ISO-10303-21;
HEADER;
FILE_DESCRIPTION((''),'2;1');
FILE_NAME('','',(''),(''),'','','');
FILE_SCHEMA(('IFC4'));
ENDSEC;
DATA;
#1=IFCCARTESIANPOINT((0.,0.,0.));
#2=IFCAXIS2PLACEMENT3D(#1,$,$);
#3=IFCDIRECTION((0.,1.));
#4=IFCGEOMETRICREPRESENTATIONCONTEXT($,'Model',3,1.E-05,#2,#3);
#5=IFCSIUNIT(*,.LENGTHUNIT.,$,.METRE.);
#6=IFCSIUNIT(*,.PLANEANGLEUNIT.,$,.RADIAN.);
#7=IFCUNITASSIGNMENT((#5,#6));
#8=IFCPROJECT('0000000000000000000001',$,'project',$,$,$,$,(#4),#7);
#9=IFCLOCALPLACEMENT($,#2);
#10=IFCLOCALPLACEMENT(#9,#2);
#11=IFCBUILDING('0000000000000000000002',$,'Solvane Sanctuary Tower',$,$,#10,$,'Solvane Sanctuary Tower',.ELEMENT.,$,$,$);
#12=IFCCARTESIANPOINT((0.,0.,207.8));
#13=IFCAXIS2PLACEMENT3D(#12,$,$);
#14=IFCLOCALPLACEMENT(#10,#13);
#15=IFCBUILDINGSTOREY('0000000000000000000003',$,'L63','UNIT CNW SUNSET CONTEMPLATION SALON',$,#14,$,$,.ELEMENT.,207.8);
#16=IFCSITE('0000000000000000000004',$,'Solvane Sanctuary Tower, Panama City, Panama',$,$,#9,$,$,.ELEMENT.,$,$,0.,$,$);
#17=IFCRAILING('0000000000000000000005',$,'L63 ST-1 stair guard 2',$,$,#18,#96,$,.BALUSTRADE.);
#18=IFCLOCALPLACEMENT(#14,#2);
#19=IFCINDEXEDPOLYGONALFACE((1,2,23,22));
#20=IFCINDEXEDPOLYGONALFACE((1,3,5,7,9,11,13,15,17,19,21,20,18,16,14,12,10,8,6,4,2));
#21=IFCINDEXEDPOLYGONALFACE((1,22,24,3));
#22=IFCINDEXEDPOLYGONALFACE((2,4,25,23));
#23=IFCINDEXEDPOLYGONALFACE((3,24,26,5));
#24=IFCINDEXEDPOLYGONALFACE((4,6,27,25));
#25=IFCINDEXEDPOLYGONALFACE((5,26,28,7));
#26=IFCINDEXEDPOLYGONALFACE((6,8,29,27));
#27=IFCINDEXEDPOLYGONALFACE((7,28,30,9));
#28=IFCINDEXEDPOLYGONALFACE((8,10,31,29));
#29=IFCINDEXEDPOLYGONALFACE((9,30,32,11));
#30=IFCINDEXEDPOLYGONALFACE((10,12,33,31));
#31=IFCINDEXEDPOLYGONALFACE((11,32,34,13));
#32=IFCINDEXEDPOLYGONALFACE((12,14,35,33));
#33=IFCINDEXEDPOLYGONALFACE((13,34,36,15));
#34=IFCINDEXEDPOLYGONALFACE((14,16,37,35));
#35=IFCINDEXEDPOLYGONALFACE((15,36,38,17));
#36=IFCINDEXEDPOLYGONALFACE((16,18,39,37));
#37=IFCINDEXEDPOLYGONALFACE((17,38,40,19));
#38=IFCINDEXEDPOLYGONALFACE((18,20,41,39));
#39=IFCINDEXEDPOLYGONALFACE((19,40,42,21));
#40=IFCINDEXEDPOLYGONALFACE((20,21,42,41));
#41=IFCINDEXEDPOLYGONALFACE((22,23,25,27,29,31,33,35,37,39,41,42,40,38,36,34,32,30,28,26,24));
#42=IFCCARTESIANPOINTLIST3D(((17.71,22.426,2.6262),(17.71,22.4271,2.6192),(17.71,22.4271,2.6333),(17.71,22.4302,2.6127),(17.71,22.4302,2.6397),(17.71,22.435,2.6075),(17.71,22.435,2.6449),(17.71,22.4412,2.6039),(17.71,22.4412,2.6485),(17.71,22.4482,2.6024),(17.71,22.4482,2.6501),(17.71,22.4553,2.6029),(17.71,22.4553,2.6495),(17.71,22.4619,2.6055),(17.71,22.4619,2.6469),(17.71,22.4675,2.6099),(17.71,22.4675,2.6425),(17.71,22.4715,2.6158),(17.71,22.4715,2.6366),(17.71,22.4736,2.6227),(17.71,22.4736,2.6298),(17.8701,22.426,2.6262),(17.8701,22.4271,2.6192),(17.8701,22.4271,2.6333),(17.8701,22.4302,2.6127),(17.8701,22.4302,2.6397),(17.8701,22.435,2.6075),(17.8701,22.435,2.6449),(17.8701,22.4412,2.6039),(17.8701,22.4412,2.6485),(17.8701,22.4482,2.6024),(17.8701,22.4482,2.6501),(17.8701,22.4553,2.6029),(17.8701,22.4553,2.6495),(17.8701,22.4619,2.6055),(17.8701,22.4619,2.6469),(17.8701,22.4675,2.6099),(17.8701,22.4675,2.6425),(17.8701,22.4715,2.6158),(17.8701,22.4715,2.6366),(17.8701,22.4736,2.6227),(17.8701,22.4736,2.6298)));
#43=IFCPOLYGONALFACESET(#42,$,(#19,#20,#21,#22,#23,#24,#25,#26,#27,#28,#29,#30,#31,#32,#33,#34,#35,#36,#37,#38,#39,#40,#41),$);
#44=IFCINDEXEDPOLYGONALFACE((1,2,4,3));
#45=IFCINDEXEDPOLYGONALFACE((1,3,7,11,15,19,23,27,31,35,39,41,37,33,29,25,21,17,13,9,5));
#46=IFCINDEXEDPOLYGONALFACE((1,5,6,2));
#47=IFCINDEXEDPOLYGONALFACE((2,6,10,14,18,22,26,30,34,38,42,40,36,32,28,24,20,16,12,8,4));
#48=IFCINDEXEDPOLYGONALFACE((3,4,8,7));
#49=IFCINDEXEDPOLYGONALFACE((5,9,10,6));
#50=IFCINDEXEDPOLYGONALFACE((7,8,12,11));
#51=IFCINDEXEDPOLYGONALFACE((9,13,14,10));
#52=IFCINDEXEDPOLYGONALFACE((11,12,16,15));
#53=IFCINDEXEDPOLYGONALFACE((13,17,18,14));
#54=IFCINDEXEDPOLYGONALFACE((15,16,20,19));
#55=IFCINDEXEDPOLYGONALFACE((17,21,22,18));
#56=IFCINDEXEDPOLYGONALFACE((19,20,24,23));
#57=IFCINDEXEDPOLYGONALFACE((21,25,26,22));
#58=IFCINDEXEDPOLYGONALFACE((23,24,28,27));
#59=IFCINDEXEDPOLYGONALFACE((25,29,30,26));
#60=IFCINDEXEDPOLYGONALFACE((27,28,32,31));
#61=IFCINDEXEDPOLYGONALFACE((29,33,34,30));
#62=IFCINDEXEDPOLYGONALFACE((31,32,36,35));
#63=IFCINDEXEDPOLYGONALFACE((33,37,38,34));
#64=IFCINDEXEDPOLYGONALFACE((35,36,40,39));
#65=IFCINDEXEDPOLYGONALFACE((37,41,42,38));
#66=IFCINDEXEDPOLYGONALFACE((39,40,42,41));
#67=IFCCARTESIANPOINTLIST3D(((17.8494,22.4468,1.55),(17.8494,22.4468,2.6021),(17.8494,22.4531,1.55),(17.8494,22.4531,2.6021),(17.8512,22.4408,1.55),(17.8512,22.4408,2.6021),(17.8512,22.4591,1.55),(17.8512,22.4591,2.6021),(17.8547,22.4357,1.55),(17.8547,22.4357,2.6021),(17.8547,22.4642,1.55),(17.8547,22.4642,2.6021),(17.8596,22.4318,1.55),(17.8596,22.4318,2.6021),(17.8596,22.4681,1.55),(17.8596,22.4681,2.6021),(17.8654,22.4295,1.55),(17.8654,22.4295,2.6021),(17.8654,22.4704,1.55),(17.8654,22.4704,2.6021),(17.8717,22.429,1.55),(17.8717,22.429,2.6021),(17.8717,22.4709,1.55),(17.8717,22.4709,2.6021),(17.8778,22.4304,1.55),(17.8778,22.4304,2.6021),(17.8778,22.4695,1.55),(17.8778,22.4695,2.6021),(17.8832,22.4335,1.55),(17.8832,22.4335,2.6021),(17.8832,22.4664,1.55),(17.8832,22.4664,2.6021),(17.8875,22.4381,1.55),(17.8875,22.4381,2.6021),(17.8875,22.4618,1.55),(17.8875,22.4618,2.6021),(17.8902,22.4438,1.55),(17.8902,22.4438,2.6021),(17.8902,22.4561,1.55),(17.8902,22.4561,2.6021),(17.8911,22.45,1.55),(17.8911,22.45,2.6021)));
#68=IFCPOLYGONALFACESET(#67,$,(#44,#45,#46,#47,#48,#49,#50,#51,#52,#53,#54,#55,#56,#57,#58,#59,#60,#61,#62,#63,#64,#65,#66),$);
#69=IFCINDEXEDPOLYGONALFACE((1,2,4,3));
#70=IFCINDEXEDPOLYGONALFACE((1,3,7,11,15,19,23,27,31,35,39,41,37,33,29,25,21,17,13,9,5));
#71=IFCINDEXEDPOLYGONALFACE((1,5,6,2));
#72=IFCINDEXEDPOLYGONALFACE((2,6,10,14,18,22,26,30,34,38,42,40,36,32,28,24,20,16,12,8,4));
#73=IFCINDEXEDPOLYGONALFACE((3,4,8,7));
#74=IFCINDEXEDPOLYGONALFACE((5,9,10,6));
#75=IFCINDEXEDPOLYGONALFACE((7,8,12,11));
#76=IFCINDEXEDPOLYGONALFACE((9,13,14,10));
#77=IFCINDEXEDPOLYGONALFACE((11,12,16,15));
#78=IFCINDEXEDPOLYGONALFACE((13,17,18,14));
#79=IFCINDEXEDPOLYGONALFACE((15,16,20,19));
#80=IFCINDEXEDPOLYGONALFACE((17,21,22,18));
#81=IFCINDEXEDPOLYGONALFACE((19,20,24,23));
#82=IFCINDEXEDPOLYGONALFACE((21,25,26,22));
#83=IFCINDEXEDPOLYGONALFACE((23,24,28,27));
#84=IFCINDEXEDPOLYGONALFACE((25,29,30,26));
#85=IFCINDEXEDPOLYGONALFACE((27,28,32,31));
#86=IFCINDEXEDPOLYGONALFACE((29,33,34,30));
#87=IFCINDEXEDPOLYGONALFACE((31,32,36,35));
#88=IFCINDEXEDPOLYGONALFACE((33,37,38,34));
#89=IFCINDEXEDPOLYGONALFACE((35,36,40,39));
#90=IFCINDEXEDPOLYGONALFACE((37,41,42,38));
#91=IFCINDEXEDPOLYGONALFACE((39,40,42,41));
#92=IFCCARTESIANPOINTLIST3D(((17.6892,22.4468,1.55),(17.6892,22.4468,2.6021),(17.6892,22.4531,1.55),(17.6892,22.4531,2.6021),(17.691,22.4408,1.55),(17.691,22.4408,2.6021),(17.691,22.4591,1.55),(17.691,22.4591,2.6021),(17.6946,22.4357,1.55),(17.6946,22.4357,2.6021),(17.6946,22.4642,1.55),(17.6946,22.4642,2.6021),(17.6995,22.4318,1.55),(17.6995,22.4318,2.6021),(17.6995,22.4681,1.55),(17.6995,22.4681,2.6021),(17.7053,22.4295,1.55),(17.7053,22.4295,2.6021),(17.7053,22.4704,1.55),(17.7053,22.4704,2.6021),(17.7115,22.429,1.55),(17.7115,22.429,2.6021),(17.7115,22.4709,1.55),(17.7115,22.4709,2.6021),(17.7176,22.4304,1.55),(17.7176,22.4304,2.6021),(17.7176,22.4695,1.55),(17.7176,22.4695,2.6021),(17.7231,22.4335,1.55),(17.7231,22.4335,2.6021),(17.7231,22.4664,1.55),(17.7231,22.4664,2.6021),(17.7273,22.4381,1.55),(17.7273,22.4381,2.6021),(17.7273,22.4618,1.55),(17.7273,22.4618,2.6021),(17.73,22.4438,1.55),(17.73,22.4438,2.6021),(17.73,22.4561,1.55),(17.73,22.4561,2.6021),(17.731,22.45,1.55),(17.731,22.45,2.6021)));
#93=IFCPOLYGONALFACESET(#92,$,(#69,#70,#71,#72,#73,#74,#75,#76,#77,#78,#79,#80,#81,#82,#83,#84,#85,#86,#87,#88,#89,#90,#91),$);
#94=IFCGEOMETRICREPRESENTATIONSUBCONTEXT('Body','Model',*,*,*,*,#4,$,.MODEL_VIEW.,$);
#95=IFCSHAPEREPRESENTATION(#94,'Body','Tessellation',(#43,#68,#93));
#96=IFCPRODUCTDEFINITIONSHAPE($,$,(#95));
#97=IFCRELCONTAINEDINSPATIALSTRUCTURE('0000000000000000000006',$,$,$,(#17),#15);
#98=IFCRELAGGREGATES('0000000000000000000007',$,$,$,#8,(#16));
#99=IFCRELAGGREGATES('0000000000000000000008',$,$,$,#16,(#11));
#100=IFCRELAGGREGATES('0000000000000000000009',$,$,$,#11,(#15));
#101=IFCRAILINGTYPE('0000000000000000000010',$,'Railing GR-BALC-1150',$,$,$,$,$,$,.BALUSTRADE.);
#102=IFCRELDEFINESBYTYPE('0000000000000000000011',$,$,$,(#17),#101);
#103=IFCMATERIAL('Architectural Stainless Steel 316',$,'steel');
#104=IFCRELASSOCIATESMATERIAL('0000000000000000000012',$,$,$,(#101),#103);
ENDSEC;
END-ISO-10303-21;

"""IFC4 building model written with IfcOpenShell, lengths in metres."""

from ifc_helpers import new_model, si_unit, direction, frame, origin, origin_2d, place, context, subcontext, project, spatial, circle, extrude, material, type_object, element, save


model = new_model("IFC4")

# Units and contexts
model_context = context("Model", 3, precision=1e-05, world=origin(), true_north=direction((0.0, 1.0)))
body_context = subcontext(model_context, "Body", "Model", "MODEL_VIEW")
ifc_project = project(units=[si_unit("LENGTHUNIT", "METRE"), si_unit("PLANEANGLEUNIT", "RADIAN")], contexts=[model_context])

# Site, building, storey
site_placement = place(None, origin())
site = spatial("IfcSite", under=ifc_project, at=site_placement, Name="Solvane Sanctuary Tower, Panama City, Panama", CompositionType="ELEMENT", RefElevation=0.0)
building_placement = place(site_placement, origin())
building = spatial("IfcBuilding", under=site, at=building_placement, Name="Solvane Sanctuary Tower", LongName="Solvane Sanctuary Tower", CompositionType="ELEMENT")
storey_placement = place(building_placement, frame((0.0, 0.0, 207.8)))
storey = spatial("IfcBuildingStorey", under=building, at=storey_placement, Name="L63", Description="UNIT CNW SUNSET CONTEMPLATION SALON", CompositionType="ELEMENT", Elevation=207.8)

# Shared definitions
ifc_material_1 = material(Name="Architectural Stainless Steel 316", Category="steel")

# Railing
railing_type_1 = type_object("IfcRailingType", Name="Railing GR-BALC-1150", PredefinedType="BALUSTRADE", material=ifc_material_1)
railing_1_placement = place(storey_placement, frame((17.8701, 22.45, 1.55)))
element("IfcRailing", 1, at=railing_1_placement, inside=storey, type_object=railing_type_1, Name="L63 ST-1 stair guard 2", PredefinedType="BALUSTRADE", context=body_context, shape_type="SweptSolid", body=[
    extrude(circle(Radius=0.0239, at=origin_2d()), frame((0.0, 0.0, 1.0762), z_axis=(-1.0, 0.0, 0.0), x_axis=(0.0, -1.0, 0.0)), (0.0, 0.0, 1.0), 0.1602),
    extrude(circle(Radius=0.021, at=origin_2d()), origin(), (0.0, 0.0, 1.0), 1.052),
    extrude(circle(Radius=0.021, at=origin_2d()), frame((-0.1602, 0.0, 0.0)), (0.0, 0.0, 1.0), 1.052),
])

save(model, "model.ifc")
